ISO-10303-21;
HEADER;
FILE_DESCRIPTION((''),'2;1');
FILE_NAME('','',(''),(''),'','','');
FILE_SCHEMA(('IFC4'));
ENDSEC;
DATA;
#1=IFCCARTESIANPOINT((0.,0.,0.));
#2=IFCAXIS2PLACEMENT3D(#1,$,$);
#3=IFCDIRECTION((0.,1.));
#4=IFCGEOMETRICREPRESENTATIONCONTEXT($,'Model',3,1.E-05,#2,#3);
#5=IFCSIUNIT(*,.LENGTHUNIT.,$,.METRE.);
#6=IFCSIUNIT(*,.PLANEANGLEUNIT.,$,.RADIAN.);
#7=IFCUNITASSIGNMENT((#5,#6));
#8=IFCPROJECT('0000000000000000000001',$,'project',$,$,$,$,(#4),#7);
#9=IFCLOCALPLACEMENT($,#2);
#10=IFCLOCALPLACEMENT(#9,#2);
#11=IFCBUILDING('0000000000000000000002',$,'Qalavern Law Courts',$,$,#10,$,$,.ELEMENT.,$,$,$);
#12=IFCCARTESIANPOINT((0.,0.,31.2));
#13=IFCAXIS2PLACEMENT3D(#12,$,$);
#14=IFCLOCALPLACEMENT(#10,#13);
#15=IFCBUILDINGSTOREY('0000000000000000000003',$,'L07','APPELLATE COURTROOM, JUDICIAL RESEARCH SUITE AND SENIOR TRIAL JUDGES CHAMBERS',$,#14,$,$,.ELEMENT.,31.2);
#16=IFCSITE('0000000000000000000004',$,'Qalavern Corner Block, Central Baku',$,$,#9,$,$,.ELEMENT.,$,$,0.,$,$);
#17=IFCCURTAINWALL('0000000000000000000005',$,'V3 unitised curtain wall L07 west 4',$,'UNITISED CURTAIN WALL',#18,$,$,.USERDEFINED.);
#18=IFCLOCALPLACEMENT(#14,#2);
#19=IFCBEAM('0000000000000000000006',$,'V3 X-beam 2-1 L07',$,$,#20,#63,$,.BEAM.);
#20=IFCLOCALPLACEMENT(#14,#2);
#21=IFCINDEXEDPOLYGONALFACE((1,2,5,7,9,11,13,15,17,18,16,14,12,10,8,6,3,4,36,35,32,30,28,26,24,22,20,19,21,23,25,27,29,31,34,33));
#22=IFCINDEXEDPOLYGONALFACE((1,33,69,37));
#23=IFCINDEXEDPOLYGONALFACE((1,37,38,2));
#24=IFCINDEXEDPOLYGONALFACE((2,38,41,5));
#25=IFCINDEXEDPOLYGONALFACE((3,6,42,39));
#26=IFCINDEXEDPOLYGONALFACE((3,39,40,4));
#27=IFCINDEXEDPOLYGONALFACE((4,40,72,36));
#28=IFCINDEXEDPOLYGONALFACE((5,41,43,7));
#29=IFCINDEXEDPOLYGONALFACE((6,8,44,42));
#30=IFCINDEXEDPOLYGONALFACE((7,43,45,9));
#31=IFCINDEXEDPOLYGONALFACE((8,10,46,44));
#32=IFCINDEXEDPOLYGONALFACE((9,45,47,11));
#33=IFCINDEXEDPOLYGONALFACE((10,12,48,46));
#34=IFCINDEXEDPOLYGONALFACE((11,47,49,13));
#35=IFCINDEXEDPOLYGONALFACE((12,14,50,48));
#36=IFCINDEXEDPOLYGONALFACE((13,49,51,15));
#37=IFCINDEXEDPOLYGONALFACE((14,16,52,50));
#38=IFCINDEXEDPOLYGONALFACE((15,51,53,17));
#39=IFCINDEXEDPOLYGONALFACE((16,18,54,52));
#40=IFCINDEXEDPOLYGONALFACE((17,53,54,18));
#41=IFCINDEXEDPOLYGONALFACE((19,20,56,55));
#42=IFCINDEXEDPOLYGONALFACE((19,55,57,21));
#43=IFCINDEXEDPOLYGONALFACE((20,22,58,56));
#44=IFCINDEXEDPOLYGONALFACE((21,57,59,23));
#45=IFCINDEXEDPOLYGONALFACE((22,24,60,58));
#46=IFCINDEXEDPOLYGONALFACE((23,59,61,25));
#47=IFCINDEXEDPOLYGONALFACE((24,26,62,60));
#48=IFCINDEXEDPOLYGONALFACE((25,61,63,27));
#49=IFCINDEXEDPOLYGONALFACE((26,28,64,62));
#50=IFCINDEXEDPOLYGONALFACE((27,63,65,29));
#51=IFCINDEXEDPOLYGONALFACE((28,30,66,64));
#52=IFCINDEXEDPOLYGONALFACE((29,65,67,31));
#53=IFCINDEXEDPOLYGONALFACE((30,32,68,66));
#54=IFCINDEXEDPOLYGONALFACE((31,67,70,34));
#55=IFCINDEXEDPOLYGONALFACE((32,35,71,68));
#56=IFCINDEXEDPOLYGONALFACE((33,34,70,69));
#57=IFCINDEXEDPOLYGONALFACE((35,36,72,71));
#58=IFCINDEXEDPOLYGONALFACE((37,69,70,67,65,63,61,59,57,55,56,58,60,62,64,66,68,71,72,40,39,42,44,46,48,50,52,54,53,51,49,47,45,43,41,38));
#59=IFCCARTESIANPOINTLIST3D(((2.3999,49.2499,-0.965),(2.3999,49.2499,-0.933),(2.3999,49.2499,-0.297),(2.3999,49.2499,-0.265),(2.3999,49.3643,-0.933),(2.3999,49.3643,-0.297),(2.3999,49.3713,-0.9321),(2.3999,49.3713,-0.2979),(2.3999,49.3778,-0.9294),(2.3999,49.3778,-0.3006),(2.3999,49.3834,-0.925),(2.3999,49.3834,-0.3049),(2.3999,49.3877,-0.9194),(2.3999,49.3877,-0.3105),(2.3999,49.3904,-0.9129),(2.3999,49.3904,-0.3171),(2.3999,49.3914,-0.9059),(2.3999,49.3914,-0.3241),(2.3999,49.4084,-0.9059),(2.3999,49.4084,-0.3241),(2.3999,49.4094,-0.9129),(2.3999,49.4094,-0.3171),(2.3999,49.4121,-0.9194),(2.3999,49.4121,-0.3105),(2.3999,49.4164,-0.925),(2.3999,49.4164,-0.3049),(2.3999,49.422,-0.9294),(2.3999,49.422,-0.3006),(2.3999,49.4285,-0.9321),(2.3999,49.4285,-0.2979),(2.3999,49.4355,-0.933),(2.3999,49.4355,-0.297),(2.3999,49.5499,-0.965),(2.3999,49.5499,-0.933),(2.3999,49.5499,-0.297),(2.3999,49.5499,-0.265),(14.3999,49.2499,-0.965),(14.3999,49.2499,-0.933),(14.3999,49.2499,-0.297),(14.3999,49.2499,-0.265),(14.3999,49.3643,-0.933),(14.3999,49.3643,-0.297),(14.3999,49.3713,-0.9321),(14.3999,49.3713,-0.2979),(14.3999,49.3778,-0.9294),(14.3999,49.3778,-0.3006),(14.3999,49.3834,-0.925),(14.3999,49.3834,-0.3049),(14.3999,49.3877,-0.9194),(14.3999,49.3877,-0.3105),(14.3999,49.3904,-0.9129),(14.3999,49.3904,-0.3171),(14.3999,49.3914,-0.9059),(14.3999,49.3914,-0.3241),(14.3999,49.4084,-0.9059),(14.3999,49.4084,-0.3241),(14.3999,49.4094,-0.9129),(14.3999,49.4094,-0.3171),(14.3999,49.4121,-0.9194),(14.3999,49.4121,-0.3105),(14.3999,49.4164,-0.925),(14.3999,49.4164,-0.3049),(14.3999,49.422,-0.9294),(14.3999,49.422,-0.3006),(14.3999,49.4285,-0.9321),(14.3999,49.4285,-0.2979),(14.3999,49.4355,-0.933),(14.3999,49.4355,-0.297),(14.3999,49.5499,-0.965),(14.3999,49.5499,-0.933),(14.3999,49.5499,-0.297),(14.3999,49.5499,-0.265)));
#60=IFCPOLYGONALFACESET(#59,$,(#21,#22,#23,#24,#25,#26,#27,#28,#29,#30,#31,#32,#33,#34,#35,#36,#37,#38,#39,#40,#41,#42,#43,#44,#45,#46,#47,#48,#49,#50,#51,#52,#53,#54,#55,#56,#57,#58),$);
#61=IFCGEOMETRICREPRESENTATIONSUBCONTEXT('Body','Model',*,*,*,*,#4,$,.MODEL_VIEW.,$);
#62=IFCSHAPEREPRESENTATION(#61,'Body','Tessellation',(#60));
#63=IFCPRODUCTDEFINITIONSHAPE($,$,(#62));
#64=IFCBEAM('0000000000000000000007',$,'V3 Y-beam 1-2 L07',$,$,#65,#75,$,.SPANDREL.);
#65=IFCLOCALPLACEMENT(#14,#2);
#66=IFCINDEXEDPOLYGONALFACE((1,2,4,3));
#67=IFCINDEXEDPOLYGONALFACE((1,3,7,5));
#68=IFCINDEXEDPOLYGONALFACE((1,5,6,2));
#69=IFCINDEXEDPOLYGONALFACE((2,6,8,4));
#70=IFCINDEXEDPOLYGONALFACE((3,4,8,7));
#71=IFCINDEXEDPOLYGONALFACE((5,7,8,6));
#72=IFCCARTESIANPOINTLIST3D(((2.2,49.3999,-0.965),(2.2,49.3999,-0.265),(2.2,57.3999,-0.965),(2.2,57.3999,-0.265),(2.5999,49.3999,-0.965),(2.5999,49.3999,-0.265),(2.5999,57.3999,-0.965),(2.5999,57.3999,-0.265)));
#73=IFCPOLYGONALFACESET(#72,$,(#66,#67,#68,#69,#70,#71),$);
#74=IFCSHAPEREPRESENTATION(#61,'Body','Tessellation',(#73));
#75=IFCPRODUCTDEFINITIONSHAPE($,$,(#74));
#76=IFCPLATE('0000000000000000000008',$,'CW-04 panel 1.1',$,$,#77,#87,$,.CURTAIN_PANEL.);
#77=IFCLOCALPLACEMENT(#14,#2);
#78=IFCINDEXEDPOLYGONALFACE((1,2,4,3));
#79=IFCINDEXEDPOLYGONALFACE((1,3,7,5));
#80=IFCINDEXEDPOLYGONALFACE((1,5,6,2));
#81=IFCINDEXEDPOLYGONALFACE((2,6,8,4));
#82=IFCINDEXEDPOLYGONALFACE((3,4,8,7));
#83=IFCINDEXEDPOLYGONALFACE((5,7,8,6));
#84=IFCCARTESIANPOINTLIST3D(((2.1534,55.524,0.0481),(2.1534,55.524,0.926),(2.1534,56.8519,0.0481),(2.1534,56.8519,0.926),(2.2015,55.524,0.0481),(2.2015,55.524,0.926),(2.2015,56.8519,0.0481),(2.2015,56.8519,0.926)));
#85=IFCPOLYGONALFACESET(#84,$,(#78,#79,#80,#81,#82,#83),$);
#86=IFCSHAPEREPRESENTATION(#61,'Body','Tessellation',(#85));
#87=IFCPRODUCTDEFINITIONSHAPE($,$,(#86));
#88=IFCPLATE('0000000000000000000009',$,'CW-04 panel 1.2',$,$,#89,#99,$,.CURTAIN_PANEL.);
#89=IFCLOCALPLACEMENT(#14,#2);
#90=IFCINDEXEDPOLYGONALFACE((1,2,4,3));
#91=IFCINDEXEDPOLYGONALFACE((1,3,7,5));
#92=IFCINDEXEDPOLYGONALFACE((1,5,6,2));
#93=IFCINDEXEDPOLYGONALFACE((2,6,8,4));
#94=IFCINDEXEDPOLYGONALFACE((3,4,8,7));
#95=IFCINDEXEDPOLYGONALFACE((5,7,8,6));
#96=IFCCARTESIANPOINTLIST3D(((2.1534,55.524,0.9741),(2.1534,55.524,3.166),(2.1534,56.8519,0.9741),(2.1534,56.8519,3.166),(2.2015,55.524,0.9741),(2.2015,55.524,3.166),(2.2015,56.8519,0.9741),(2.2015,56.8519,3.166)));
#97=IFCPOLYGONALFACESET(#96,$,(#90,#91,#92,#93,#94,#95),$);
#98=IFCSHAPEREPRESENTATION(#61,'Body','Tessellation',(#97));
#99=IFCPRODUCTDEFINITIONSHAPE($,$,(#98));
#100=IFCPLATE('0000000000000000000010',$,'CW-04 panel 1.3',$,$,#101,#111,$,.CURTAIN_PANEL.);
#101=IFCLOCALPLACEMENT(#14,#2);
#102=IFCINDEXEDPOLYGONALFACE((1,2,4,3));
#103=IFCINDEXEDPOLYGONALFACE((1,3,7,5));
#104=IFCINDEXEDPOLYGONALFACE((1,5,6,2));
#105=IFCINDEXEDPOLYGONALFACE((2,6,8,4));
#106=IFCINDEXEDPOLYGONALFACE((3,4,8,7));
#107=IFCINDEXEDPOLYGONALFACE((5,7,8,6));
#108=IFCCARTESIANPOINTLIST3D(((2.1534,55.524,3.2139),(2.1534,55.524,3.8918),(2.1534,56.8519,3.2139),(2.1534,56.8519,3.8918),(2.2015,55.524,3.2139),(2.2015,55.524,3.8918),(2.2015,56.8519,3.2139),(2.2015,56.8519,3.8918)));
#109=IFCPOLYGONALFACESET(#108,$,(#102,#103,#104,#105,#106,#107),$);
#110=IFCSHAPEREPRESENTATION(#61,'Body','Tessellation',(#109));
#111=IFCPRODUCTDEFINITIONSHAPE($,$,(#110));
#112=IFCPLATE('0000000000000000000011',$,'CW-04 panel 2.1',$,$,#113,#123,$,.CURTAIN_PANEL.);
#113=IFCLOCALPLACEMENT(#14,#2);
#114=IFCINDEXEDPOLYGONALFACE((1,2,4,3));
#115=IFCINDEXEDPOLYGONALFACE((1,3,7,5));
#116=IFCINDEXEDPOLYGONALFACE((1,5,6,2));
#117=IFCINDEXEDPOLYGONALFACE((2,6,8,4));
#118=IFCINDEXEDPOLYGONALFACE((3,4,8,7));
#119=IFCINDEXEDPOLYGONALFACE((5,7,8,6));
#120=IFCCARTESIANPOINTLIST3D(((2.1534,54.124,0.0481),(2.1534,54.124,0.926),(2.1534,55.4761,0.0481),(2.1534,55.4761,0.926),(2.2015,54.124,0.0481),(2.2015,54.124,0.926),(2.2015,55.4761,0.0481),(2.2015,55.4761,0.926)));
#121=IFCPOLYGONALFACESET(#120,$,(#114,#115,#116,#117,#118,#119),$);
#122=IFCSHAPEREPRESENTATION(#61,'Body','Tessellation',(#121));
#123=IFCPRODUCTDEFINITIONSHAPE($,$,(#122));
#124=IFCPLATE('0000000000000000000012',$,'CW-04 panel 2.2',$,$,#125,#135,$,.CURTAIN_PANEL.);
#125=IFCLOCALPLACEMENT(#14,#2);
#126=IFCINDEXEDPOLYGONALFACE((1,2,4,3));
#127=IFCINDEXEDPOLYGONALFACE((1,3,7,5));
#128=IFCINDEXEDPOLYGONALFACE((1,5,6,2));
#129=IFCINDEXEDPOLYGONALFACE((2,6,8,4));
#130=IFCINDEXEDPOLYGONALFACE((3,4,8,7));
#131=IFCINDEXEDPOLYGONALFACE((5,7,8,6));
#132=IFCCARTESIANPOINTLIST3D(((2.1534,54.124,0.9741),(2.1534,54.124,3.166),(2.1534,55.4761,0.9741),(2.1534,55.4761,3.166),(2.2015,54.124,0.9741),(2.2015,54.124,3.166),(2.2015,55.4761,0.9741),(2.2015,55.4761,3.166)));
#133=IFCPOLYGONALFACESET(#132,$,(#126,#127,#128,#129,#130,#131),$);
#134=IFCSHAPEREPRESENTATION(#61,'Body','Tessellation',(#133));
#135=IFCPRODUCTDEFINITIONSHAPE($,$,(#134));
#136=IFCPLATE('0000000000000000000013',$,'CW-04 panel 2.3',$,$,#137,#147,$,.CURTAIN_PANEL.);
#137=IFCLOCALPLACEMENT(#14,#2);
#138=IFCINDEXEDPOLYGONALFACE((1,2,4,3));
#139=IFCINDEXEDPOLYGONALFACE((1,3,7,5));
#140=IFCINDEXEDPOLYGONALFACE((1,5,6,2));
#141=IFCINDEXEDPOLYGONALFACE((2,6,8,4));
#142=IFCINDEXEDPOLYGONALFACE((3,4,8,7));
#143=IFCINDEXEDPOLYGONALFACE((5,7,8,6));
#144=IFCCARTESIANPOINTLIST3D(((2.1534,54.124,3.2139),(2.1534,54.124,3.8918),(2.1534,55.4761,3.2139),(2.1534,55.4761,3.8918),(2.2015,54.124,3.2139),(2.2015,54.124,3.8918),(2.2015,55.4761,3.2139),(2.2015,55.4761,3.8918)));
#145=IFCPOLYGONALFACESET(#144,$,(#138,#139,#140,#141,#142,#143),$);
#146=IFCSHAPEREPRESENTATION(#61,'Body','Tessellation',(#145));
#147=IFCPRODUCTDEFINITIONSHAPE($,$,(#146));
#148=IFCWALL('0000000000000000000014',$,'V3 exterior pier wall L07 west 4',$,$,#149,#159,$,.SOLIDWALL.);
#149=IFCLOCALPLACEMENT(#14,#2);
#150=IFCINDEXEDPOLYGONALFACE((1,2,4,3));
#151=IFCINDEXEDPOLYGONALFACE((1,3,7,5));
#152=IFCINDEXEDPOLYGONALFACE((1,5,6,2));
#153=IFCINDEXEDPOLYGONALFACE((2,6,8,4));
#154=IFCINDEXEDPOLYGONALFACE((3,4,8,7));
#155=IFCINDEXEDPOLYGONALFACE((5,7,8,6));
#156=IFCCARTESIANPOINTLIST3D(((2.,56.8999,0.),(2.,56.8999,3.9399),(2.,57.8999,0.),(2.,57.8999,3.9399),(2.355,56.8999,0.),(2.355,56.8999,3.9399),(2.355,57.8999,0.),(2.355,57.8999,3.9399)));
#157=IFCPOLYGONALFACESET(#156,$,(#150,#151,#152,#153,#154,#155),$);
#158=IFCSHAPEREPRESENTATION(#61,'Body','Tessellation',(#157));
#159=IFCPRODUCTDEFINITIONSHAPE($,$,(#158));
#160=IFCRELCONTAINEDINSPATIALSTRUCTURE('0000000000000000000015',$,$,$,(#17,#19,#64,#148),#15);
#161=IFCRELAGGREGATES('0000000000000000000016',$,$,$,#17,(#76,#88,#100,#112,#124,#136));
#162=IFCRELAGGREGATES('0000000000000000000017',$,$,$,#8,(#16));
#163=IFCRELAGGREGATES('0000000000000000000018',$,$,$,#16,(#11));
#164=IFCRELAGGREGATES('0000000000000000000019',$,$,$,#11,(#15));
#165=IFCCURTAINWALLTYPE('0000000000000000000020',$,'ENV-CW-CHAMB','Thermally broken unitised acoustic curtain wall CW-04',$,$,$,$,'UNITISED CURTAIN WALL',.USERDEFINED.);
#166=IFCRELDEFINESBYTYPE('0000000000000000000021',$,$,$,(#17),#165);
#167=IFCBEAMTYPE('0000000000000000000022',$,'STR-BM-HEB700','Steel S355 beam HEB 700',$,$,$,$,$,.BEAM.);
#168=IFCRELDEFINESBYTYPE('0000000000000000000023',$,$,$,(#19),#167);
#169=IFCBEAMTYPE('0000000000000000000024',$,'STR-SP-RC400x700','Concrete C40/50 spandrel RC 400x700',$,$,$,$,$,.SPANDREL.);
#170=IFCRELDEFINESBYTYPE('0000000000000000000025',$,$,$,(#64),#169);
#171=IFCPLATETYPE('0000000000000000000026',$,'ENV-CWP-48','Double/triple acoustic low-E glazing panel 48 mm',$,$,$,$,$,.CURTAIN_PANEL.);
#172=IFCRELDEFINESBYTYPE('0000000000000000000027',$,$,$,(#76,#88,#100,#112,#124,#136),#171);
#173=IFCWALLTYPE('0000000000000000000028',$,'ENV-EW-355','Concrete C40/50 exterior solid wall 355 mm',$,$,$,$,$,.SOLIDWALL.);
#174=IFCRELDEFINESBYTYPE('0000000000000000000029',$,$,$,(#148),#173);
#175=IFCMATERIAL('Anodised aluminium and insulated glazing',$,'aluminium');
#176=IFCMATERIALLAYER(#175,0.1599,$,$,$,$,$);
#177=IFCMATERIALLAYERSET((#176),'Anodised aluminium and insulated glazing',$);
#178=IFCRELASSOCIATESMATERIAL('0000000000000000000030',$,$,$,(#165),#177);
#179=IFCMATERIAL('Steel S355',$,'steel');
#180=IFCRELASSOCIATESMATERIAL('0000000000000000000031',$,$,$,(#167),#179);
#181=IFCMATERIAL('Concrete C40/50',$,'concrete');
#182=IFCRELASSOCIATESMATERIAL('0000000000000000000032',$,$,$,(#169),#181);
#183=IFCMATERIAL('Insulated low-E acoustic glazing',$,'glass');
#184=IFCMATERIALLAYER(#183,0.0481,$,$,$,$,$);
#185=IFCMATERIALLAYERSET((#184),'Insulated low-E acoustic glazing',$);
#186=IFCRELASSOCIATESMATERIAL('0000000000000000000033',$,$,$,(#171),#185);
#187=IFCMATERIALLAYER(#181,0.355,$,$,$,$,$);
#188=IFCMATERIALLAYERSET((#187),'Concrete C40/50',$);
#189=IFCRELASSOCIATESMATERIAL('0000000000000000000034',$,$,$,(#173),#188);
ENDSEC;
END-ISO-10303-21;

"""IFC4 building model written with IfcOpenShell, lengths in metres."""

from ifc_helpers import new_model, si_unit, direction, frame, frame_2d, origin, origin_2d, place, context, subcontext, project, spatial, rectangle, i_section, extrude, material, layer, layer_set, material_profile, profile_set, type_object, element, aggregate, save


model = new_model("IFC4")

# Units and contexts
model_context = context("Model", 3, precision=1e-05, world=origin(), true_north=direction((0.0, 1.0)))
body_context = subcontext(model_context, "Body", "Model", "MODEL_VIEW")
ifc_project = project(units=[si_unit("LENGTHUNIT", "METRE"), si_unit("PLANEANGLEUNIT", "RADIAN")], contexts=[model_context])

# Site, building, storey
site_placement = place(None, origin())
site = spatial("IfcSite", under=ifc_project, at=site_placement, Name="Qalavern Corner Block, Central Baku", CompositionType="ELEMENT", RefElevation=0.0)
building_placement = place(site_placement, origin())
building = spatial("IfcBuilding", under=site, at=building_placement, Name="Qalavern Law Courts", CompositionType="ELEMENT")
storey_placement = place(building_placement, frame((0.0, 0.0, 31.2)))
storey = spatial("IfcBuildingStorey", under=building, at=storey_placement, Name="L07", Description="APPELLATE COURTROOM, JUDICIAL RESEARCH SUITE AND SENIOR TRIAL JUDGES CHAMBERS", CompositionType="ELEMENT", Elevation=31.2)

# Curtain wall
ifc_material_1 = material(Name="Anodised aluminium and insulated glazing", Category="aluminium")
ifc_layer_1 = layer(ifc_material_1, 0.1599)
ifc_layer_set_1 = layer_set([ifc_layer_1], Name="Anodised aluminium and insulated glazing")
curtain_wall_type = type_object("IfcCurtainWallType", Name="ENV-CW-CHAMB", Description="Thermally broken unitised acoustic curtain wall CW-04", ElementType="UNITISED CURTAIN WALL", PredefinedType="USERDEFINED", material=ifc_layer_set_1)
curtain_wall_placement = place(storey_placement, origin())
curtain_wall = element("IfcCurtainWall", 1, at=curtain_wall_placement, inside=storey, type_object=curtain_wall_type, Name="V3 unitised curtain wall L07 west 4", ObjectType="UNITISED CURTAIN WALL", PredefinedType="USERDEFINED")

# Beams
ifc_material_2 = material(Name="Steel S355", Category="steel")
ifc_material_profile_1 = material_profile(ifc_material_2, i_section(OverallWidth=0.3, OverallDepth=0.7, WebThickness=0.0171, FlangeThickness=0.032, FilletRadius=0.0271, at=origin_2d()), Name="HEB 700")
ifc_profile_set_1 = profile_set([ifc_material_profile_1], Name="Steel S355")
beam_type_1 = type_object("IfcBeamType", Name="STR-BM-HEB700", Description="Steel S355 beam HEB 700", PredefinedType="BEAM", material=ifc_profile_set_1)
beam_1_placement = place(storey_placement, frame((2.3999, 49.3999, -0.615), z_axis=(1.0, 0.0, 0.0), x_axis=(0.0, 1.0, 0.0)))
element("IfcBeam", 2, at=beam_1_placement, inside=storey, type_object=beam_type_1, Name="V3 X-beam 2-1 L07", PredefinedType="BEAM", context=body_context, shape_type="SweptSolid", body=[
    extrude(i_section(OverallWidth=0.3, OverallDepth=0.7, WebThickness=0.0171, FlangeThickness=0.032, FilletRadius=0.0271, at=origin_2d()), origin(), (0.0, 0.0, 1.0), 12.0),
])
ifc_material_3 = material(Name="Concrete C40/50", Category="concrete")
ifc_material_profile_2 = material_profile(ifc_material_3, rectangle(XDim=0.3999, YDim=0.7, at=origin_2d()), Name="RC 400x700")
ifc_profile_set_2 = profile_set([ifc_material_profile_2], Name="Concrete C40/50")
beam_type_2 = type_object("IfcBeamType", Name="STR-SP-RC400x700", Description="Concrete C40/50 spandrel RC 400x700", PredefinedType="SPANDREL", material=ifc_profile_set_2)
beam_2_placement = place(storey_placement, frame((2.3999, 49.3999, -0.615), z_axis=(0.0, 1.0, 0.0), x_axis=(-1.0, 0.0, 0.0)))
element("IfcBeam", 3, at=beam_2_placement, inside=storey, type_object=beam_type_2, Name="V3 Y-beam 1-2 L07", PredefinedType="SPANDREL", context=body_context, shape_type="SweptSolid", body=[
    extrude(rectangle(XDim=0.3999, YDim=0.7, at=origin_2d()), origin(), (0.0, 0.0, 1.0), 8.0),
])

# Plates
ifc_material_4 = material(Name="Insulated low-E acoustic glazing", Category="glass")
ifc_layer_2 = layer(ifc_material_4, 0.0481)
ifc_layer_set_2 = layer_set([ifc_layer_2], Name="Insulated low-E acoustic glazing")
plate_type = type_object("IfcPlateType", Name="ENV-CWP-48", Description="Double/triple acoustic low-E glazing panel 48 mm", PredefinedType="CURTAIN_PANEL", material=ifc_layer_set_2)
plate_1_placement = place(storey_placement, frame((2.1775, 56.188, 0.0481), z_axis=(0.0, 0.0, 1.0), x_axis=(0.0, -1.0, 0.0)))
plate_1 = element("IfcPlate", 4, at=plate_1_placement, type_object=plate_type, Name="CW-04 panel 1.1", PredefinedType="CURTAIN_PANEL", context=body_context, shape_type="SweptSolid", body=[
    extrude(rectangle(XDim=1.3279, YDim=0.0481, at=origin_2d()), origin(), (0.0, 0.0, 1.0), 0.8779),
])
plate_2_placement = place(storey_placement, frame((2.1775, 56.188, 0.9741), z_axis=(0.0, 0.0, 1.0), x_axis=(0.0, -1.0, 0.0)))
plate_2 = element("IfcPlate", 5, at=plate_2_placement, type_object=plate_type, Name="CW-04 panel 1.2", PredefinedType="CURTAIN_PANEL", context=body_context, shape_type="SweptSolid", body=[
    extrude(rectangle(XDim=1.3279, YDim=0.0481, at=origin_2d()), origin(), (0.0, 0.0, 1.0), 2.1919),
])
plate_3_placement = place(storey_placement, frame((2.1775, 56.188, 3.2139), z_axis=(0.0, 0.0, 1.0), x_axis=(0.0, -1.0, 0.0)))
plate_3 = element("IfcPlate", 6, at=plate_3_placement, type_object=plate_type, Name="CW-04 panel 1.3", PredefinedType="CURTAIN_PANEL", context=body_context, shape_type="SweptSolid", body=[
    extrude(rectangle(XDim=1.3279, YDim=0.0481, at=origin_2d()), origin(), (0.0, 0.0, 1.0), 0.678),
])
plate_4_placement = place(storey_placement, frame((2.1775, 54.8, 0.0481), z_axis=(0.0, 0.0, 1.0), x_axis=(0.0, -1.0, 0.0)))
plate_4 = element("IfcPlate", 7, at=plate_4_placement, type_object=plate_type, Name="CW-04 panel 2.1", PredefinedType="CURTAIN_PANEL", context=body_context, shape_type="SweptSolid", body=[
    extrude(rectangle(XDim=1.3521, YDim=0.0481, at=origin_2d()), origin(), (0.0, 0.0, 1.0), 0.8779),
])
plate_5_placement = place(storey_placement, frame((2.1775, 54.8, 0.9741), z_axis=(0.0, 0.0, 1.0), x_axis=(0.0, -1.0, 0.0)))
plate_5 = element("IfcPlate", 8, at=plate_5_placement, type_object=plate_type, Name="CW-04 panel 2.2", PredefinedType="CURTAIN_PANEL", context=body_context, shape_type="SweptSolid", body=[
    extrude(rectangle(XDim=1.3521, YDim=0.0481, at=origin_2d()), origin(), (0.0, 0.0, 1.0), 2.1919),
])
plate_6_placement = place(storey_placement, frame((2.1775, 54.8, 3.2139), z_axis=(0.0, 0.0, 1.0), x_axis=(0.0, -1.0, 0.0)))
plate_6 = element("IfcPlate", 9, at=plate_6_placement, type_object=plate_type, Name="CW-04 panel 2.3", PredefinedType="CURTAIN_PANEL", context=body_context, shape_type="SweptSolid", body=[
    extrude(rectangle(XDim=1.3521, YDim=0.0481, at=origin_2d()), origin(), (0.0, 0.0, 1.0), 0.678),
])
aggregate(curtain_wall, [plate_1, plate_2, plate_3, plate_4, plate_5, plate_6])

# Wall
ifc_layer_3 = layer(ifc_material_3, 0.355)
ifc_layer_set_3 = layer_set([ifc_layer_3], Name="Concrete C40/50")
wall_type = type_object("IfcWallType", Name="ENV-EW-355", Description="Concrete C40/50 exterior solid wall 355 mm", PredefinedType="SOLIDWALL", material=ifc_layer_set_3)
wall_placement = place(storey_placement, frame((2.1775, 57.8999, 0.0), z_axis=(0.0, 0.0, 1.0), x_axis=(0.0, -1.0, 0.0)))
element("IfcWall", 10, at=wall_placement, inside=storey, type_object=wall_type, Name="V3 exterior pier wall L07 west 4", PredefinedType="SOLIDWALL", context=body_context, shape_type="SweptSolid", body=[
    extrude(rectangle(XDim=1.0, YDim=0.355, at=frame_2d((0.5, 0.0))), origin(), (0.0, 0.0, 1.0), 3.9399),
])

save(model, "model.ifc")
